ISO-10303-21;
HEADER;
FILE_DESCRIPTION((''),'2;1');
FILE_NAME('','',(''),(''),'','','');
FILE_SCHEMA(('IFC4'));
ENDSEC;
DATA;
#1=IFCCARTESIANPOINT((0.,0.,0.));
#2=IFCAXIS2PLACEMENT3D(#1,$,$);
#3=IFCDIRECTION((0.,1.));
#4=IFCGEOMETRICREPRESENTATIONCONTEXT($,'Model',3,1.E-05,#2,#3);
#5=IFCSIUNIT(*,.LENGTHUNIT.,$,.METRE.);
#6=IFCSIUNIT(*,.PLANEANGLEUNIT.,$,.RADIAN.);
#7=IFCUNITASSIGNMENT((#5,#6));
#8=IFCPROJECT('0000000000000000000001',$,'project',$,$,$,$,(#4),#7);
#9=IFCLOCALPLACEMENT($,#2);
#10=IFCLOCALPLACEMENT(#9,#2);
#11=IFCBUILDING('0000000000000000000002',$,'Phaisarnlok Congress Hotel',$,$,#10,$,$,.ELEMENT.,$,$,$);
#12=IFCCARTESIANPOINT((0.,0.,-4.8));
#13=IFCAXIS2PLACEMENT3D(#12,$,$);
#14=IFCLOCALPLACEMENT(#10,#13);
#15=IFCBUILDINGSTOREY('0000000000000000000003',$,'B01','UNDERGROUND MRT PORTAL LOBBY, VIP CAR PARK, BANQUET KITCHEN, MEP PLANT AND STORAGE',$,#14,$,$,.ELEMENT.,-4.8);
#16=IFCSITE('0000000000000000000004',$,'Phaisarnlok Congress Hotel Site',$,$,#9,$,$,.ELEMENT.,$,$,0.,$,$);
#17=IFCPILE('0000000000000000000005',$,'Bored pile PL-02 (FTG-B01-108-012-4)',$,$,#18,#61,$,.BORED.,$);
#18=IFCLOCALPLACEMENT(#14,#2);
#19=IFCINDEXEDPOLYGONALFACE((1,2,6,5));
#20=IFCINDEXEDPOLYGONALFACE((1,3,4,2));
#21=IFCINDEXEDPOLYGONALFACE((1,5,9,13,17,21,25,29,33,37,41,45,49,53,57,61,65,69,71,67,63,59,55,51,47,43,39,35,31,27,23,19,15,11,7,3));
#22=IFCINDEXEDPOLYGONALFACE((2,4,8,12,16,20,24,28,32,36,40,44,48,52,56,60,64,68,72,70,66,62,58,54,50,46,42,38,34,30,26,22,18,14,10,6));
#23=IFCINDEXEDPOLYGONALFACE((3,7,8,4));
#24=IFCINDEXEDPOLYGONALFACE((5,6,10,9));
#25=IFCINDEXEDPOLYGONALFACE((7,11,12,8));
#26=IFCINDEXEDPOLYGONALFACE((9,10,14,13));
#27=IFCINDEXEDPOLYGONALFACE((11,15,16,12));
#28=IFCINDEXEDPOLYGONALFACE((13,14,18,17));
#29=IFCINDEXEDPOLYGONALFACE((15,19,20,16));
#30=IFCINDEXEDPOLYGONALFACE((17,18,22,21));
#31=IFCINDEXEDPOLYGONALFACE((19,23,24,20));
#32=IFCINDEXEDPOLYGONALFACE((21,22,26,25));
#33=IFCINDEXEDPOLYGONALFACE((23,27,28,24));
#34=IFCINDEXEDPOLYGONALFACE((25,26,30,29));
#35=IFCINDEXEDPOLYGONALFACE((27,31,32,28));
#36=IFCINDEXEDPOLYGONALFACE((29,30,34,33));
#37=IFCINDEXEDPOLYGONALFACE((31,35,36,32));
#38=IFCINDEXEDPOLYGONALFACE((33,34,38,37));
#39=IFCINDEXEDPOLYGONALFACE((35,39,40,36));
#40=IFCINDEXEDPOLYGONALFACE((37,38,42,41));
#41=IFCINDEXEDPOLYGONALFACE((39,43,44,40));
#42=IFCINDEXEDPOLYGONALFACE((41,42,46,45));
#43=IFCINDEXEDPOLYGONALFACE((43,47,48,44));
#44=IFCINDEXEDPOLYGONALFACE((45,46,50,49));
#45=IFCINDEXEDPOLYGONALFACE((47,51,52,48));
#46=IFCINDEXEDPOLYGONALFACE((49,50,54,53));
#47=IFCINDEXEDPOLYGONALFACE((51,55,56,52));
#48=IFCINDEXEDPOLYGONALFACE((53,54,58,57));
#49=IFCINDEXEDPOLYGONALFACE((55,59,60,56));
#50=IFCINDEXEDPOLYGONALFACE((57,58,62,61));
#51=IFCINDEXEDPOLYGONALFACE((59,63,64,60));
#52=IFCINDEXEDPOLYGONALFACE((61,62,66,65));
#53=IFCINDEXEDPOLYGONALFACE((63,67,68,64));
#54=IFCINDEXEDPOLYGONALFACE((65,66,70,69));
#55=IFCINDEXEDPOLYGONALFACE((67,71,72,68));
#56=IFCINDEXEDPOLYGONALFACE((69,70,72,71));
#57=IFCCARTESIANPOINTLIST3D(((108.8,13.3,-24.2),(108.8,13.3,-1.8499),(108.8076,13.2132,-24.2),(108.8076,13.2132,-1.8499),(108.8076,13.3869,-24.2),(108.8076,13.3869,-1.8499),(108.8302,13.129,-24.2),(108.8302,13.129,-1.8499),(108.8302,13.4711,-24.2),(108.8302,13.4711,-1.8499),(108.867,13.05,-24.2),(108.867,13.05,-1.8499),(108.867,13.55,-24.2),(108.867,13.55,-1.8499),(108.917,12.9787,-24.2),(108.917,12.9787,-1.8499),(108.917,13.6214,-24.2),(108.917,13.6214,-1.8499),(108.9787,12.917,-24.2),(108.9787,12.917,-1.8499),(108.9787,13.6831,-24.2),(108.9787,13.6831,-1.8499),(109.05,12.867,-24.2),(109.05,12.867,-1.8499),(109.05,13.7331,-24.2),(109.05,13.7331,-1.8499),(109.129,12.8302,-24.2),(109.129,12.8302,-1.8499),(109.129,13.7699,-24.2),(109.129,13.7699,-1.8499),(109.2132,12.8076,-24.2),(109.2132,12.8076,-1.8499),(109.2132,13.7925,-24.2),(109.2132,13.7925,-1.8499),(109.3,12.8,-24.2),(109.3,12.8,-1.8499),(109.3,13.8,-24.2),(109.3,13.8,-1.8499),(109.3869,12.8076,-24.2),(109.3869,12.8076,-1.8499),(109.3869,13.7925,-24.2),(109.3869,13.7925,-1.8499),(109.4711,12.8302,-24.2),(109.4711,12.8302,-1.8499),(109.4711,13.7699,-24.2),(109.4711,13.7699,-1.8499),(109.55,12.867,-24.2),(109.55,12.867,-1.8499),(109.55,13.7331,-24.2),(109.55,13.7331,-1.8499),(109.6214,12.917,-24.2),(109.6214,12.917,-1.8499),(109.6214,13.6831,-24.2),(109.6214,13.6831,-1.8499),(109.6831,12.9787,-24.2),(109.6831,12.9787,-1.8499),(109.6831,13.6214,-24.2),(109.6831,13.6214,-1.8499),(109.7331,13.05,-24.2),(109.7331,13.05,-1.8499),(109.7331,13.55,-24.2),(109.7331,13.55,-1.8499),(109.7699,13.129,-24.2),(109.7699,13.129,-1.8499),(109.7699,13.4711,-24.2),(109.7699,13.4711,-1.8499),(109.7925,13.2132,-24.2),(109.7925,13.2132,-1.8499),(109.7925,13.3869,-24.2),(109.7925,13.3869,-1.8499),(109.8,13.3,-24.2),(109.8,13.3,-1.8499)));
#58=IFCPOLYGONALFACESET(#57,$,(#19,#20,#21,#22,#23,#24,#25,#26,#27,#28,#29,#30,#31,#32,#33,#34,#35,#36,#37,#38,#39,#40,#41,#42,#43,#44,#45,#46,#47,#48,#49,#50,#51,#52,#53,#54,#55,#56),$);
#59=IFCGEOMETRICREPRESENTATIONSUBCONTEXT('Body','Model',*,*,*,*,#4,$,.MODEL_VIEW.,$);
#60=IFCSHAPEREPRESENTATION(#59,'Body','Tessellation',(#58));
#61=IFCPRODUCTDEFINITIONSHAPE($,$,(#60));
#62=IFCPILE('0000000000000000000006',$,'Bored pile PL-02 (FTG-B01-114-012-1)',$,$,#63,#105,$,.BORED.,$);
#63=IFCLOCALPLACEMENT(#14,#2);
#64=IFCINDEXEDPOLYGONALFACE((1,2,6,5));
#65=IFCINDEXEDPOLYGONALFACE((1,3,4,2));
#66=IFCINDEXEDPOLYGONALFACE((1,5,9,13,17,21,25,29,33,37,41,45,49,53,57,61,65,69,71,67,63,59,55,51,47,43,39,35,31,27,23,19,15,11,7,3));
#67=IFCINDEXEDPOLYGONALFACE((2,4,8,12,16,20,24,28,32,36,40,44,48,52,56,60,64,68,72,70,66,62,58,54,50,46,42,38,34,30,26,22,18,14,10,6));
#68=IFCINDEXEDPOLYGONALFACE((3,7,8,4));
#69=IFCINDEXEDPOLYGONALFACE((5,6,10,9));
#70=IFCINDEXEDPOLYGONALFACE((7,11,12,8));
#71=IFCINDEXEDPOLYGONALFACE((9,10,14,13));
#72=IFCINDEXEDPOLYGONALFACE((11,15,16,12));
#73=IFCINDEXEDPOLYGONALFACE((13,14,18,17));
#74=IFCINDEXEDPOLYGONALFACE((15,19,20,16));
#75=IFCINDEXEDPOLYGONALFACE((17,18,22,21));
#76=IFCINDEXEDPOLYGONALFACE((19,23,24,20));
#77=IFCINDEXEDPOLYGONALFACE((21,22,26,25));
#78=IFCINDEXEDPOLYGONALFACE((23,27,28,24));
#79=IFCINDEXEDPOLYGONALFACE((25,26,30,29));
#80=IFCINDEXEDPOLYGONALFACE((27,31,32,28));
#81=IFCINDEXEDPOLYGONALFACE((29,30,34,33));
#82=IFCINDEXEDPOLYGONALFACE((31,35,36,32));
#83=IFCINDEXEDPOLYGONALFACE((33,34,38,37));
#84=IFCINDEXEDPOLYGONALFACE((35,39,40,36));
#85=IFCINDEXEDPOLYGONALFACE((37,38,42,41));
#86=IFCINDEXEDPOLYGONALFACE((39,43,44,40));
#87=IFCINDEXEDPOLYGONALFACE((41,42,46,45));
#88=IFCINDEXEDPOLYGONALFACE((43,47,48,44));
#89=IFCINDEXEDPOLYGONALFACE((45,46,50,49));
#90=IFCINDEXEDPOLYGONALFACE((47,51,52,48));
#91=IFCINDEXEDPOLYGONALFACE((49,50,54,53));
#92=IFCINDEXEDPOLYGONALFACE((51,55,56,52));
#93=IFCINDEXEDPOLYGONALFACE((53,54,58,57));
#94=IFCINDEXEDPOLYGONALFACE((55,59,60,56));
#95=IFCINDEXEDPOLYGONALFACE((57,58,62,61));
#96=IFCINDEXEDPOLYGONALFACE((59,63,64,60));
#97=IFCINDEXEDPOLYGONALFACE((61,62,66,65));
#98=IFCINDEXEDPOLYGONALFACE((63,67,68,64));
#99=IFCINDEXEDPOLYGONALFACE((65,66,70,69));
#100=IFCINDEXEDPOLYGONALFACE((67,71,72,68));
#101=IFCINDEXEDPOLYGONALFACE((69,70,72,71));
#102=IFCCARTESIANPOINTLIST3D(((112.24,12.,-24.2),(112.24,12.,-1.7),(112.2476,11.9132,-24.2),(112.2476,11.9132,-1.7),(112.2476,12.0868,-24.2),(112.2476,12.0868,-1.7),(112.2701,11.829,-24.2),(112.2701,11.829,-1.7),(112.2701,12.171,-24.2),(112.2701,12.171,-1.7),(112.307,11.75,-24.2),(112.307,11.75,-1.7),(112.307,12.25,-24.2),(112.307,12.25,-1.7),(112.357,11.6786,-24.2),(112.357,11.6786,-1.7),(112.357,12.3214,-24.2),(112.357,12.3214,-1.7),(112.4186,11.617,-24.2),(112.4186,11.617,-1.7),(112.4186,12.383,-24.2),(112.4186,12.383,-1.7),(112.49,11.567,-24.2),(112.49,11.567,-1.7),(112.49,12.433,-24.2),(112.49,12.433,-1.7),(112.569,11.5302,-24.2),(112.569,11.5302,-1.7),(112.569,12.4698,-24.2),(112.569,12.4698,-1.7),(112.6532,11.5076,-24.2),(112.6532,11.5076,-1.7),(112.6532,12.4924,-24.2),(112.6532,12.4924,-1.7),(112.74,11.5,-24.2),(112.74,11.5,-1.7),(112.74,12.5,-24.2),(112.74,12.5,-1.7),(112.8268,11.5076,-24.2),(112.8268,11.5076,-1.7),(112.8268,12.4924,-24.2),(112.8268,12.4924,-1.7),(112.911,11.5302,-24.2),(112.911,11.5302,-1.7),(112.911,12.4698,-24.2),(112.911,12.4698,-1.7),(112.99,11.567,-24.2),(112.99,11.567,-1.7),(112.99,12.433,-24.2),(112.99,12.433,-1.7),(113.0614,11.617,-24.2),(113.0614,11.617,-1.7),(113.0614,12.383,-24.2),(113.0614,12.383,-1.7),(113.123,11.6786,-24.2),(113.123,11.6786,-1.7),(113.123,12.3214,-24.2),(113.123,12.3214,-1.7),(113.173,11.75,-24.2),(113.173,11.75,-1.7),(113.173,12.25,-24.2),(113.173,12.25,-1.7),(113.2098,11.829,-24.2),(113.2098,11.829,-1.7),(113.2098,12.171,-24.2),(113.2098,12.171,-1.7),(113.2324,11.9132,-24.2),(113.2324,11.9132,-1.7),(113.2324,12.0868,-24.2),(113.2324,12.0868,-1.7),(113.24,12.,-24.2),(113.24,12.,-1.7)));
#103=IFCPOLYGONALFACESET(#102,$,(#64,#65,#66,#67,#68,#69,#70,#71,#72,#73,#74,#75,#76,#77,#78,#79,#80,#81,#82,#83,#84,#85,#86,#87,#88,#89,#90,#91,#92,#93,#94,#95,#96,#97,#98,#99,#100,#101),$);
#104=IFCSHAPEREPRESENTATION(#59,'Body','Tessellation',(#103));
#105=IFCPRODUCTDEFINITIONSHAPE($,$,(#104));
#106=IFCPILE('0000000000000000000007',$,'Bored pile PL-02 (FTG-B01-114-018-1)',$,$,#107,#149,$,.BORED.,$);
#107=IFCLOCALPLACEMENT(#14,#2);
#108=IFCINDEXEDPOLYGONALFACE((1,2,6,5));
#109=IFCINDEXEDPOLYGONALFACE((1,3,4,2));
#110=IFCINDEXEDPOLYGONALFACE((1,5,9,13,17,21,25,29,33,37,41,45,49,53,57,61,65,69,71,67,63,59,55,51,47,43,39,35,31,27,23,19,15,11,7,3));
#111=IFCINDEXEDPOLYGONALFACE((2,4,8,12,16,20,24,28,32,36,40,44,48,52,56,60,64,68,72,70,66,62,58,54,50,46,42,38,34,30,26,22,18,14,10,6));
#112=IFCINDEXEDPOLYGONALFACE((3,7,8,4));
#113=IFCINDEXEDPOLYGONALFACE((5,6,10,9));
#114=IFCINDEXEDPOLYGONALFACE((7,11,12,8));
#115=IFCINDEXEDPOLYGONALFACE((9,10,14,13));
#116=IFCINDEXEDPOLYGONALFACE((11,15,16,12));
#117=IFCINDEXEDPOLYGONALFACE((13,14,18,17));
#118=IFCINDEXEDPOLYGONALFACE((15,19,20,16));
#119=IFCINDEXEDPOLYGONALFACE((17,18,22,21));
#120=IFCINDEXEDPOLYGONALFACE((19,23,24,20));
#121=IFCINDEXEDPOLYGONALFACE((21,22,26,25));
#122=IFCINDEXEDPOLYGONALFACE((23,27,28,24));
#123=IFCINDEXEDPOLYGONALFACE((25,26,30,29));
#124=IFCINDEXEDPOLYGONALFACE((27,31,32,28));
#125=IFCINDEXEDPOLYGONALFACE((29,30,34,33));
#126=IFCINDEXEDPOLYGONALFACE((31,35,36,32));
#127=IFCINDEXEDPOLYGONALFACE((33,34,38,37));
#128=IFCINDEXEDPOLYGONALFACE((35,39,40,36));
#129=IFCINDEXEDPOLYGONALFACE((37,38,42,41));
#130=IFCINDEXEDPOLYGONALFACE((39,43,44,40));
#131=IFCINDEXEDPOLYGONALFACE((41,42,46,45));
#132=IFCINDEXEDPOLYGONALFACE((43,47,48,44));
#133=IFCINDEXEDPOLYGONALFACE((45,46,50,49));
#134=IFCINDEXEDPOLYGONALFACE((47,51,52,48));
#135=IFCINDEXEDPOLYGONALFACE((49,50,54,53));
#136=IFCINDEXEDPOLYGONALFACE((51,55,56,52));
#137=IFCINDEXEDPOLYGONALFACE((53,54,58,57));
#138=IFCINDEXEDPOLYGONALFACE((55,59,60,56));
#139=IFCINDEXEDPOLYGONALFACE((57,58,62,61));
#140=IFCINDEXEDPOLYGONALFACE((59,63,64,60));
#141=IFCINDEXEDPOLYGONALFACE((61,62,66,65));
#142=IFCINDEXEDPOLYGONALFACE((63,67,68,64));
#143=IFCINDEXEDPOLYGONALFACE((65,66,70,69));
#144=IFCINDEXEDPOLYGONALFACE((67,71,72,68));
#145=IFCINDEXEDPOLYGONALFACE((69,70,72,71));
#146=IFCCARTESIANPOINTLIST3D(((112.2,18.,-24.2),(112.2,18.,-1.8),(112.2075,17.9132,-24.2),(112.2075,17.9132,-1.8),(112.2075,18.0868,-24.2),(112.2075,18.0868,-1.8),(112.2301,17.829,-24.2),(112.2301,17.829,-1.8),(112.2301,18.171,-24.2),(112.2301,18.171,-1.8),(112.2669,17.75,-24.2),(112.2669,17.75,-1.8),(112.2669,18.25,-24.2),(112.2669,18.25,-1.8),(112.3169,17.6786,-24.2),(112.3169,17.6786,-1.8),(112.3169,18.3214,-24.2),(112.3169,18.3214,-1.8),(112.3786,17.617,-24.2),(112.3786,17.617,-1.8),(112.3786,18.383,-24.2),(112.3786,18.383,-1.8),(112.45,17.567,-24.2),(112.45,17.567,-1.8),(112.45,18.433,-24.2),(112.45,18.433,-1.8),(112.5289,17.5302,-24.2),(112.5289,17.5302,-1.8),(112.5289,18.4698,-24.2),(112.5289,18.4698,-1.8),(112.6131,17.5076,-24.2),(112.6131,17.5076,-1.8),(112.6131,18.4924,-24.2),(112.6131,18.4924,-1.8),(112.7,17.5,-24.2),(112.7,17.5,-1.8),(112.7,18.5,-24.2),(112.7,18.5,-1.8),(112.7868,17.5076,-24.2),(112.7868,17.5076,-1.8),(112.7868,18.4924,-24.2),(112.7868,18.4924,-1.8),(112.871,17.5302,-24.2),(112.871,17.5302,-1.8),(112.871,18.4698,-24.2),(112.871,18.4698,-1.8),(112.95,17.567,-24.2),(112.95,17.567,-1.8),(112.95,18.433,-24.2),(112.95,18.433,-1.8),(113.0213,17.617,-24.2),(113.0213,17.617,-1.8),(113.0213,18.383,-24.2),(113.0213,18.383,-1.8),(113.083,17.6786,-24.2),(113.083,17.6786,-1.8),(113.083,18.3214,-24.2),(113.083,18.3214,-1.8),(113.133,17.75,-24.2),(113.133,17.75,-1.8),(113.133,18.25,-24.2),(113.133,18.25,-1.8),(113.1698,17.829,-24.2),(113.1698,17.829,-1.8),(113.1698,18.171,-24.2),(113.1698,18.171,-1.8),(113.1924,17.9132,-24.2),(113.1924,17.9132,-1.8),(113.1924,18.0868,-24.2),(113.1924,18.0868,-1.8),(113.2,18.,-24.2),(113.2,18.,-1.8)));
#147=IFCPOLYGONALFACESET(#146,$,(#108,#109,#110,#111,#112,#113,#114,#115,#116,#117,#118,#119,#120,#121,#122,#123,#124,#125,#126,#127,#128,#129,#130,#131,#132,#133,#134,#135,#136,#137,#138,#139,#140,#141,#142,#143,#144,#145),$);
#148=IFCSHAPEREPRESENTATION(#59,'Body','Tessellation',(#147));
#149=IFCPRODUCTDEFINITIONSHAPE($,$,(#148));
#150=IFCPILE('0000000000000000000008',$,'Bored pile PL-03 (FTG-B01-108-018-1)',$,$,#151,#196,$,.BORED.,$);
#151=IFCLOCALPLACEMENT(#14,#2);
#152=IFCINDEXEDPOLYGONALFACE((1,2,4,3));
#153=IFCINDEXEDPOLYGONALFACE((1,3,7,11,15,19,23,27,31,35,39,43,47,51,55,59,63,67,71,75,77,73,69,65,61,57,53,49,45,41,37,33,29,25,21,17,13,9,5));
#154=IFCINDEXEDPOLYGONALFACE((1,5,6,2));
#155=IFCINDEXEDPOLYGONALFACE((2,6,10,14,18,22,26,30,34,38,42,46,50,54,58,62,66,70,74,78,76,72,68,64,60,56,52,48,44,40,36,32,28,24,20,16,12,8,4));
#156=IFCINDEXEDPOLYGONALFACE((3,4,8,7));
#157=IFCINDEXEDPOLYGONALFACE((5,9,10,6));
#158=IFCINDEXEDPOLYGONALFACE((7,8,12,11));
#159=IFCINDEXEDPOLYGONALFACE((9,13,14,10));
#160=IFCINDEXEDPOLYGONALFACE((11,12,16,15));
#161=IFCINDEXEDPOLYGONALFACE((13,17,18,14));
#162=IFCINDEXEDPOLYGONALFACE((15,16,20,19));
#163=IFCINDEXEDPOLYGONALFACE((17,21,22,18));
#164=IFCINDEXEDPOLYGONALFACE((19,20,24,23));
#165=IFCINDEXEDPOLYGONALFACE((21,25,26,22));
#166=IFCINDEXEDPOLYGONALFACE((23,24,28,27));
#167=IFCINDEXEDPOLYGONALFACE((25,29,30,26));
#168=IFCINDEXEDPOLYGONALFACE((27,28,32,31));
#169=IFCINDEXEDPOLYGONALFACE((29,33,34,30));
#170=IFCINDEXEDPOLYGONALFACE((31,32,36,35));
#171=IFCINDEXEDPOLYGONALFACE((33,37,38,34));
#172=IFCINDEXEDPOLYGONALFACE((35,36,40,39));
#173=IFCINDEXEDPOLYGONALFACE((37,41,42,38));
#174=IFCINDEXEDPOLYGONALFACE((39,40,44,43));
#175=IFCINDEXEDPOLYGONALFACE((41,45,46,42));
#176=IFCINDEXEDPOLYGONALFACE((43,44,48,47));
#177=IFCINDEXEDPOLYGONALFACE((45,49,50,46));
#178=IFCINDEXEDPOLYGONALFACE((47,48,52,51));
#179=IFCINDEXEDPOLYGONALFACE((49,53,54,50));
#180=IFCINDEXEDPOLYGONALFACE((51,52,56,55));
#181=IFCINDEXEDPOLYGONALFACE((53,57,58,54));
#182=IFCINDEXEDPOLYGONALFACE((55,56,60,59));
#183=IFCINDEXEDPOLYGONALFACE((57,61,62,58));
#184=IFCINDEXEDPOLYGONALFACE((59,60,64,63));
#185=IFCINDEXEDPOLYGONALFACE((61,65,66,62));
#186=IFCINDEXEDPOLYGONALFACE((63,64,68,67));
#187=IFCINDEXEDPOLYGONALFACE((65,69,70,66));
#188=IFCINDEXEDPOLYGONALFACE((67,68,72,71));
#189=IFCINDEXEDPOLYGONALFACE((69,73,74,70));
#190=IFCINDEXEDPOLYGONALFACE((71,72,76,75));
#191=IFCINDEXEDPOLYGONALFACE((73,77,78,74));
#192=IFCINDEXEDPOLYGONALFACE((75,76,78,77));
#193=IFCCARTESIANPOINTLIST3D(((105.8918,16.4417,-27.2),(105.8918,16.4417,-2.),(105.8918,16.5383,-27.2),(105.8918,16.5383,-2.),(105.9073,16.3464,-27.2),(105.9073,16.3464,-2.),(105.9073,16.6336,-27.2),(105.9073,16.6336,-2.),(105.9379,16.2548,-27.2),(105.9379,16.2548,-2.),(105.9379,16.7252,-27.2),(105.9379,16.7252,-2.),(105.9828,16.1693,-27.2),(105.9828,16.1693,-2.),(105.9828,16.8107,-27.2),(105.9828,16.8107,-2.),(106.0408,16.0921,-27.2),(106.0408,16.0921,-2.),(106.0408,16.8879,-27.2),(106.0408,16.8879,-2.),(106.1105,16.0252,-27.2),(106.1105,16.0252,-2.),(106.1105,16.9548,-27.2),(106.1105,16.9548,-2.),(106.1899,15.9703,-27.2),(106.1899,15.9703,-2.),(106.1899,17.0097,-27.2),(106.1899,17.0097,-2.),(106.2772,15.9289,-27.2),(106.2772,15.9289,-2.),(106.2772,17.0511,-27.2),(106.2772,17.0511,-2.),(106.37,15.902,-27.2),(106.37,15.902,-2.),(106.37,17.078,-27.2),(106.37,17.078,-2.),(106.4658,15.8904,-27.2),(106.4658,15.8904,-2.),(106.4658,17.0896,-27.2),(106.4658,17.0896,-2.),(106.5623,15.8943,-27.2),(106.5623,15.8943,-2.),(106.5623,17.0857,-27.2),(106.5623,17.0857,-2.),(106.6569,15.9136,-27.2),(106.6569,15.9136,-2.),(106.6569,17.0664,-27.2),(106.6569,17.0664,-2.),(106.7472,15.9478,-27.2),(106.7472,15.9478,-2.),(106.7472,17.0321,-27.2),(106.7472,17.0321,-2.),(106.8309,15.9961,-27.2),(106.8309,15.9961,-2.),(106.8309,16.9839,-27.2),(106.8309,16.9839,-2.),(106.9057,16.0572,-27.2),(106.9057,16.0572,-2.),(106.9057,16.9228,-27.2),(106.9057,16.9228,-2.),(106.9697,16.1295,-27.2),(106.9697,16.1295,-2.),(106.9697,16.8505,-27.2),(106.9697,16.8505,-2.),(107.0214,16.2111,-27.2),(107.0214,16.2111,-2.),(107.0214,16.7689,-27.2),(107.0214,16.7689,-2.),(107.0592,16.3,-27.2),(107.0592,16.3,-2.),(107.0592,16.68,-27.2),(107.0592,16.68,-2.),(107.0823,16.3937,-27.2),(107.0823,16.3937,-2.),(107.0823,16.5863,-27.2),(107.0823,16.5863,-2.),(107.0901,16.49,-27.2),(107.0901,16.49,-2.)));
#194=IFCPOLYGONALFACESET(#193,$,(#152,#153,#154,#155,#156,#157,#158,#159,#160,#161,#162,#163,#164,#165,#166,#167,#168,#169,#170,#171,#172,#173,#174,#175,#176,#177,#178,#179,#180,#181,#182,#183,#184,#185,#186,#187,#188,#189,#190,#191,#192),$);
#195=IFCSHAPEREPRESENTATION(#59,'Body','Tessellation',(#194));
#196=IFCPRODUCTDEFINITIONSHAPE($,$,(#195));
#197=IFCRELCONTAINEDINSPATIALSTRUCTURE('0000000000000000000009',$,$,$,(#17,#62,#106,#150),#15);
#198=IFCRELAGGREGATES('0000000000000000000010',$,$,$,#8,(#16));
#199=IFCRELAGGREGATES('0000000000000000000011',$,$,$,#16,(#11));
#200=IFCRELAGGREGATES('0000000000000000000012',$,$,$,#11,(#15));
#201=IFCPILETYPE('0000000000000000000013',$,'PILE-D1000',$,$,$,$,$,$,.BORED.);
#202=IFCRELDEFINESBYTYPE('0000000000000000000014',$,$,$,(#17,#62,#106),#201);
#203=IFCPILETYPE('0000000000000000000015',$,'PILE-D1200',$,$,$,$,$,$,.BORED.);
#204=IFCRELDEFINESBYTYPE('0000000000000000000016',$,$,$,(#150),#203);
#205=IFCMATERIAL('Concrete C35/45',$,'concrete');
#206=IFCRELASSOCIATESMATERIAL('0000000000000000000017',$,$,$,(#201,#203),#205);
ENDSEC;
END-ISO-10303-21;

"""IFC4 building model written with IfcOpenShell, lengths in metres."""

from ifc_helpers import new_model, si_unit, direction, frame, origin, origin_2d, place, context, subcontext, project, spatial, circle, extrude, material, material_profile, profile_set, type_object, element, save


model = new_model("IFC4")

# Units and contexts
model_context = context("Model", 3, precision=1e-05, world=origin(), true_north=direction((0.0, 1.0)))
body_context = subcontext(model_context, "Body", "Model", "MODEL_VIEW")
ifc_project = project(units=[si_unit("LENGTHUNIT", "METRE"), si_unit("PLANEANGLEUNIT", "RADIAN")], contexts=[model_context])

# Site, building, storey
site_placement = place(None, origin())
site = spatial("IfcSite", under=ifc_project, at=site_placement, Name="Phaisarnlok Congress Hotel Site", CompositionType="ELEMENT", RefElevation=0.0)
building_placement = place(site_placement, origin())
building = spatial("IfcBuilding", under=site, at=building_placement, Name="Phaisarnlok Congress Hotel", CompositionType="ELEMENT")
storey_placement = place(building_placement, frame((0.0, 0.0, -4.8)))
storey = spatial("IfcBuildingStorey", under=building, at=storey_placement, Name="B01", Description="UNDERGROUND MRT PORTAL LOBBY, VIP CAR PARK, BANQUET KITCHEN, MEP PLANT AND STORAGE", CompositionType="ELEMENT", Elevation=-4.8)

# Piles
ifc_material_1 = material(Name="Concrete C35/45", Category="concrete")
ifc_material_profile_1 = material_profile(ifc_material_1, circle(Radius=0.5, at=origin_2d()), Name="BORED PILE D1000")
ifc_profile_set_1 = profile_set([ifc_material_profile_1], Name="Concrete C35/45")
pile_type_1 = type_object("IfcPileType", Name="PILE-D1000", PredefinedType="BORED", material=ifc_profile_set_1)
for number, where, z_axis, x_axis, name in (
    (1, (109.3, 13.3, -1.8499), (0.0, 0.0, -1.0), (1.0, 0.0, 0.0), "Bored pile PL-02 (FTG-B01-108-012-4)"),
):
    element("IfcPile", number, at=place(storey_placement, frame(where, z_axis=z_axis, x_axis=x_axis)), inside=storey, type_object=pile_type_1, Name=name, PredefinedType="BORED", context=body_context, shape_type="SweptSolid", body=[
        extrude(circle(Radius=0.5, at=origin_2d()), origin(), (0.0, 0.0, 1.0), 22.3501),
    ])
pile_1_placement = place(storey_placement, frame((112.74, 12.0, -1.7), z_axis=(0.0, 0.0, -1.0), x_axis=(1.0, 0.0, 0.0)))
element("IfcPile", 2, at=pile_1_placement, inside=storey, type_object=pile_type_1, Name="Bored pile PL-02 (FTG-B01-114-012-1)", PredefinedType="BORED", context=body_context, shape_type="SweptSolid", body=[
    extrude(circle(Radius=0.5, at=origin_2d()), origin(), (0.0, 0.0, 1.0), 22.5),
])
pile_2_placement = place(storey_placement, frame((112.7, 18.0, -1.8), z_axis=(0.0, 0.0, -1.0), x_axis=(1.0, 0.0, 0.0)))
element("IfcPile", 3, at=pile_2_placement, inside=storey, type_object=pile_type_1, Name="Bored pile PL-02 (FTG-B01-114-018-1)", PredefinedType="BORED", context=body_context, shape_type="SweptSolid", body=[
    extrude(circle(Radius=0.5, at=origin_2d()), origin(), (0.0, 0.0, 1.0), 22.3999),
])
ifc_material_profile_2 = material_profile(ifc_material_1, circle(Radius=0.6001, at=origin_2d()), Name="BORED PILE D1200")
ifc_profile_set_2 = profile_set([ifc_material_profile_2], Name="Concrete C35/45")
pile_type_2 = type_object("IfcPileType", Name="PILE-D1200", PredefinedType="BORED", material=ifc_profile_set_2)
for number, where, z_axis, x_axis, name in (
    (4, (106.49, 16.49, -2.0), (0.0, 0.0, -1.0), (1.0, 0.0, 0.0), "Bored pile PL-03 (FTG-B01-108-018-1)"),
):
    element("IfcPile", number, at=place(storey_placement, frame(where, z_axis=z_axis, x_axis=x_axis)), inside=storey, type_object=pile_type_2, Name=name, PredefinedType="BORED", context=body_context, shape_type="SweptSolid", body=[
        extrude(circle(Radius=0.6001, at=origin_2d()), origin(), (0.0, 0.0, 1.0), 25.2),
    ])

save(model, "model.ifc")
